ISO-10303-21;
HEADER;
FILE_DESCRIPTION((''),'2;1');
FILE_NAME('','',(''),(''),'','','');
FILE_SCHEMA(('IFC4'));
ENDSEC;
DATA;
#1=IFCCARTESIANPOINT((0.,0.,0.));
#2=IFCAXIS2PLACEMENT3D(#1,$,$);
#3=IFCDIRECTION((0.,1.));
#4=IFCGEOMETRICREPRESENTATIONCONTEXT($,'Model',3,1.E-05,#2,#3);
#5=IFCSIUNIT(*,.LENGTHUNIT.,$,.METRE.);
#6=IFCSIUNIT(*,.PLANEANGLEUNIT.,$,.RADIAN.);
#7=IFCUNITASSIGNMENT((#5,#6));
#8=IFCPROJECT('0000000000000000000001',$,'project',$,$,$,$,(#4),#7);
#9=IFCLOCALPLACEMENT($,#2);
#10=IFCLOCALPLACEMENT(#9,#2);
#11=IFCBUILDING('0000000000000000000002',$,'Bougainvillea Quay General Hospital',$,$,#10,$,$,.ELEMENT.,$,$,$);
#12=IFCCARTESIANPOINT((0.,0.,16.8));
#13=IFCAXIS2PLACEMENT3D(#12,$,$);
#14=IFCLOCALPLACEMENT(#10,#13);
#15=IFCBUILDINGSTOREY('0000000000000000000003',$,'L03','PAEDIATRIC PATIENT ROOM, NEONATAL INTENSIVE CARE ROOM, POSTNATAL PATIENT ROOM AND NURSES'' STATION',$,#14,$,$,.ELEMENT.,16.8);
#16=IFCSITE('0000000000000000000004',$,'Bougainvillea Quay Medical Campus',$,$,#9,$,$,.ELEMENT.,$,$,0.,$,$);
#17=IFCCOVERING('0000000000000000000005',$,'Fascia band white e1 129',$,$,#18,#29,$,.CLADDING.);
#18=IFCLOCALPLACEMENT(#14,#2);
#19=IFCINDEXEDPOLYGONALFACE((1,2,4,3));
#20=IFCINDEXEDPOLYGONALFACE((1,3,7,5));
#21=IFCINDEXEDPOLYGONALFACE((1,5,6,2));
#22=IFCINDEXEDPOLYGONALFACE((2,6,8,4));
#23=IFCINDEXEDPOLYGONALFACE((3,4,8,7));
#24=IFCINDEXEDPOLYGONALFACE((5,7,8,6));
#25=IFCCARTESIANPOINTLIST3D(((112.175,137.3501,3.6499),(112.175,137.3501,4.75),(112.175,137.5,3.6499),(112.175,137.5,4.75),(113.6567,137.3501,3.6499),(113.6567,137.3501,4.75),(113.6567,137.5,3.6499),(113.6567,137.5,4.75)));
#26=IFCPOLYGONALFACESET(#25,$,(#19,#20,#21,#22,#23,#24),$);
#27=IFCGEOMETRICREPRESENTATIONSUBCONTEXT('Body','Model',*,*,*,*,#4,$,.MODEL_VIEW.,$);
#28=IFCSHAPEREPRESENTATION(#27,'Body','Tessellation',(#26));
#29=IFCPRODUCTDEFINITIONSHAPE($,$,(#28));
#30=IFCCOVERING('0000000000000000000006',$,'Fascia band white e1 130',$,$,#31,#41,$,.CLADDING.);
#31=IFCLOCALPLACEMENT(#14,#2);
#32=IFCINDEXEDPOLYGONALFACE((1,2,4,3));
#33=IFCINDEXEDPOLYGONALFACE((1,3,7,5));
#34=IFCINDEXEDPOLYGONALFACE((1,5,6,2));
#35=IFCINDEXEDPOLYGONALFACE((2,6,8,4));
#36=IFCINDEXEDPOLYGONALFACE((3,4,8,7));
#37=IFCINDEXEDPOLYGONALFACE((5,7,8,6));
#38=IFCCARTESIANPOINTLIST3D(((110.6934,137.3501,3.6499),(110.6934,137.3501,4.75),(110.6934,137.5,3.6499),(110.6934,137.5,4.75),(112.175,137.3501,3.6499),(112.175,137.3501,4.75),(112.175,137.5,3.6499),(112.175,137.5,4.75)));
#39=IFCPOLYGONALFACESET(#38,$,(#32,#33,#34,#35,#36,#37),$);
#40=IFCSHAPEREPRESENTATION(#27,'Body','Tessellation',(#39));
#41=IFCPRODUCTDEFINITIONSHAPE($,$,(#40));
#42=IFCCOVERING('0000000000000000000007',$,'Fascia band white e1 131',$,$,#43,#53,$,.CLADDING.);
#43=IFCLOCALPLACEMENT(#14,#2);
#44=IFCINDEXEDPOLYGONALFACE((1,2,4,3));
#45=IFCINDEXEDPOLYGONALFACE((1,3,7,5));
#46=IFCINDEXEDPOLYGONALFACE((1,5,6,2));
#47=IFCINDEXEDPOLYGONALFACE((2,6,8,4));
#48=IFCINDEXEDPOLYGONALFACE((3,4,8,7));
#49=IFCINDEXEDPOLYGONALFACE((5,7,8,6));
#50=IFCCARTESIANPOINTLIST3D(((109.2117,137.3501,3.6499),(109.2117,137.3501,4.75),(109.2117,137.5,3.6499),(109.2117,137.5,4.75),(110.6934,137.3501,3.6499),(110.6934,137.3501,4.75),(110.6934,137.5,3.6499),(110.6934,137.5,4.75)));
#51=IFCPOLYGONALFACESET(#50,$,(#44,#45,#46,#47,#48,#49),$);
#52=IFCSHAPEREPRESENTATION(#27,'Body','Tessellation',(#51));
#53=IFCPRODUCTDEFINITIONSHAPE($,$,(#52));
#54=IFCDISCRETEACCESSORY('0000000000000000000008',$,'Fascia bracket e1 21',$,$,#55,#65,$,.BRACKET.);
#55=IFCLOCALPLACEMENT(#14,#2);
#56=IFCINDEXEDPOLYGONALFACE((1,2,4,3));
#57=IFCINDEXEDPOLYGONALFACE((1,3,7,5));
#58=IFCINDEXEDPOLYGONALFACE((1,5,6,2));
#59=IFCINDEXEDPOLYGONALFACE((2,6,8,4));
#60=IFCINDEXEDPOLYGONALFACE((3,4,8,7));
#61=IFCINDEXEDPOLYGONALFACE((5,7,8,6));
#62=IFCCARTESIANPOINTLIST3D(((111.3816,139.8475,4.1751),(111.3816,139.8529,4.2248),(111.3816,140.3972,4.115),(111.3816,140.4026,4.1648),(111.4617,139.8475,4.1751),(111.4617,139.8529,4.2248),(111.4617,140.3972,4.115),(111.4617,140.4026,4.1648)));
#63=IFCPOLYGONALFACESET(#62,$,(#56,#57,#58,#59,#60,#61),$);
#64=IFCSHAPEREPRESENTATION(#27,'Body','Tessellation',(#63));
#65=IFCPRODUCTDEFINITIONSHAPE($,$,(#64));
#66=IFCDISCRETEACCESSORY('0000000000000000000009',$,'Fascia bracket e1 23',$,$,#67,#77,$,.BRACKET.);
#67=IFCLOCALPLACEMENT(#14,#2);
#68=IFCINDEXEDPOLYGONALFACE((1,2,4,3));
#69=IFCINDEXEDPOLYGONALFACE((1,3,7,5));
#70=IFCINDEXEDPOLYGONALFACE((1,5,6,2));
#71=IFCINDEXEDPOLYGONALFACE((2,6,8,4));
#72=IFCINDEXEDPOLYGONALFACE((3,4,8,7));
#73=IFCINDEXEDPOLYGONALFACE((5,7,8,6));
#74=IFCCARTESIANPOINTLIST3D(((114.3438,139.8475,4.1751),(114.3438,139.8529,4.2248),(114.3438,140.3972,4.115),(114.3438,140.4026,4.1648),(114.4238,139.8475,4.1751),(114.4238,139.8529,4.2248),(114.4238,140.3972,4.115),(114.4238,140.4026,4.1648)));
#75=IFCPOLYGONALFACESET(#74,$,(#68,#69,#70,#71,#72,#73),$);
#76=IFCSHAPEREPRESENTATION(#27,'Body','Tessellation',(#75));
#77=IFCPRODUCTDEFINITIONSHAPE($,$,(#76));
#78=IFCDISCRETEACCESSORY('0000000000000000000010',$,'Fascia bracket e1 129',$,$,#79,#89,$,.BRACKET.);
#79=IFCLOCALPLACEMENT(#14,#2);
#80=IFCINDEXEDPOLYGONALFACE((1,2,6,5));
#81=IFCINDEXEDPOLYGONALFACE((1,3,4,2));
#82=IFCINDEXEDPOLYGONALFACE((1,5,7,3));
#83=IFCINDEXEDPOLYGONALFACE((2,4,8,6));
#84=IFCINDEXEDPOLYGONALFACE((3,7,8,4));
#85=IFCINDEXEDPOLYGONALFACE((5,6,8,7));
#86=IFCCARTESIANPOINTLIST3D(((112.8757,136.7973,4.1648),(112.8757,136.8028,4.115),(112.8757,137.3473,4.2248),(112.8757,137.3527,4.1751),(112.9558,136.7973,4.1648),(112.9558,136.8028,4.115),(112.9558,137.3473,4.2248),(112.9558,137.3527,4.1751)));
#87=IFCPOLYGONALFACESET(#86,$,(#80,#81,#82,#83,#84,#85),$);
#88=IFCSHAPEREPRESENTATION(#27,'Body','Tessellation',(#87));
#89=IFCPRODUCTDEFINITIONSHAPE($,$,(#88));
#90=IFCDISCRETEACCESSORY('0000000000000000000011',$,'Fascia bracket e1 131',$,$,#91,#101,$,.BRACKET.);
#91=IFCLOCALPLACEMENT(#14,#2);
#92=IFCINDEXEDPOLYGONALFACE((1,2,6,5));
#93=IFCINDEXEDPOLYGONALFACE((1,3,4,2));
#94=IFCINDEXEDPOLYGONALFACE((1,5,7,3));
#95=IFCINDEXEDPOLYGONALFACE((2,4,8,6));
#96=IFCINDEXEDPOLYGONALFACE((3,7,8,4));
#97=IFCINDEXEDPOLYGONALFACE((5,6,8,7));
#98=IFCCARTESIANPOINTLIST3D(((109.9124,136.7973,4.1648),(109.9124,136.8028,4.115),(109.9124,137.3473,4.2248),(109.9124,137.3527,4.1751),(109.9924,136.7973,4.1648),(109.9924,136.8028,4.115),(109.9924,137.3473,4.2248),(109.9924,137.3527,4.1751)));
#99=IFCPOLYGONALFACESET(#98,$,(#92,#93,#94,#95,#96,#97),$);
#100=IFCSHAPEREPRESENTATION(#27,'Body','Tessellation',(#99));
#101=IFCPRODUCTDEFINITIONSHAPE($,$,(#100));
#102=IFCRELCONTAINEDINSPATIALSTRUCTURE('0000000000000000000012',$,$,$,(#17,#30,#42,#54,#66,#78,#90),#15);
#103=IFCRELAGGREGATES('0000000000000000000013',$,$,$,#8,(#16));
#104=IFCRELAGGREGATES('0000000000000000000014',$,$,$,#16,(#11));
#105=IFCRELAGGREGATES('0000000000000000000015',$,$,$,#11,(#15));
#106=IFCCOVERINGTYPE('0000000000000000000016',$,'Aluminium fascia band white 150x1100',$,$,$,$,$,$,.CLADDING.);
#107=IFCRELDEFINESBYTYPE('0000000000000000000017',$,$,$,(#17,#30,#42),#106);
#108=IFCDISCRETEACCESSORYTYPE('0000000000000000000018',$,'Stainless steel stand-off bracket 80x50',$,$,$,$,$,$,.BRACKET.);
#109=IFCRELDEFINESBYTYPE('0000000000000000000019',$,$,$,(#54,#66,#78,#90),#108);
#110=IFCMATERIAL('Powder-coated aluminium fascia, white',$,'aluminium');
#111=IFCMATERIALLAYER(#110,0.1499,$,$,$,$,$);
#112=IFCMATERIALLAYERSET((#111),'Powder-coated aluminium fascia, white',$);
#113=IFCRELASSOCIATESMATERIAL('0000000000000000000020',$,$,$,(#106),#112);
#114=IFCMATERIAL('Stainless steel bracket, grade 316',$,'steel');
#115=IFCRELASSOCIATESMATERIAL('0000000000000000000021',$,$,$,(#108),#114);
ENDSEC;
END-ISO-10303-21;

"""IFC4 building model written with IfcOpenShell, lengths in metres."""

from ifc_helpers import new_model, si_unit, direction, frame, origin, origin_2d, place, context, subcontext, project, spatial, polyline, rectangle, outline, extrude, material, layer, layer_set, material_profile, profile_set, type_object, element, save


model = new_model("IFC4")

# Units and contexts
model_context = context("Model", 3, precision=1e-05, world=origin(), true_north=direction((0.0, 1.0)))
body_context = subcontext(model_context, "Body", "Model", "MODEL_VIEW")
ifc_project = project(units=[si_unit("LENGTHUNIT", "METRE"), si_unit("PLANEANGLEUNIT", "RADIAN")], contexts=[model_context])

# Site, building, storey
site_placement = place(None, origin())
site = spatial("IfcSite", under=ifc_project, at=site_placement, Name="Bougainvillea Quay Medical Campus", CompositionType="ELEMENT", RefElevation=0.0)
building_placement = place(site_placement, origin())
building = spatial("IfcBuilding", under=site, at=building_placement, Name="Bougainvillea Quay General Hospital", CompositionType="ELEMENT")
storey_placement = place(building_placement, frame((0.0, 0.0, 16.8)))
storey = spatial("IfcBuildingStorey", under=building, at=storey_placement, Name="L03", Description="PAEDIATRIC PATIENT ROOM, NEONATAL INTENSIVE CARE ROOM, POSTNATAL PATIENT ROOM AND NURSES' STATION", CompositionType="ELEMENT", Elevation=16.8)

# Coverings
ifc_material_1 = material(Name="Powder-coated aluminium fascia, white", Category="aluminium")
ifc_layer_1 = layer(ifc_material_1, 0.1499)
ifc_layer_set_1 = layer_set([ifc_layer_1], Name="Powder-coated aluminium fascia, white")
covering_type = type_object("IfcCoveringType", Name="Aluminium fascia band white 150x1100", PredefinedType="CLADDING", material=ifc_layer_set_1)
for number, where, z_axis, x_axis, name in (
    (1, (113.6567, 137.3501, 3.6499), (0.0, 0.0, 1.0), (-1.0, 0.0, 0.0), "Fascia band white e1 129"),
    (2, (112.175, 137.3501, 3.6499), (0.0, 0.0, 1.0), (-1.0, 0.0, 0.0), "Fascia band white e1 130"),
    (3, (110.6934, 137.3501, 3.6499), (0.0, 0.0, 1.0), (-1.0, 0.0, 0.0), "Fascia band white e1 131"),
):
    element("IfcCovering", number, at=place(storey_placement, frame(where, z_axis=z_axis, x_axis=x_axis)), inside=storey, type_object=covering_type, Name=name, PredefinedType="CLADDING", context=body_context, shape_type="SweptSolid", body=[
        extrude(outline(polyline([(0.0, 0.0), (1.4817, 0.0), (1.4817, -0.1499), (0.0, -0.1499), (0.0, 0.0)])), origin(), (0.0, 0.0, 1.0), 1.1001),
    ])

# Discrete accessories
ifc_material_2 = material(Name="Stainless steel bracket, grade 316", Category="steel")
ifc_material_profile_1 = material_profile(ifc_material_2, rectangle(XDim=0.0801, YDim=0.05, at=origin_2d()))
ifc_profile_set_1 = profile_set([ifc_material_profile_1], Name="Stainless steel bracket, grade 316")
discrete_accessory_type = type_object("IfcDiscreteAccessoryType", Name="Stainless steel stand-off bracket 80x50", PredefinedType="BRACKET", material=ifc_profile_set_1)
for number, where, z_axis, x_axis, name in (
    (4, (111.4216, 140.3999, 4.1399), (0.0, -0.994087, 0.10859), (1.0, 0.0, 0.0), "Fascia bracket e1 21"),
    (5, (114.3838, 140.3999, 4.1399), (0.0, -0.994087, 0.10859), (1.0, 0.0, 0.0), "Fascia bracket e1 23"),
):
    element("IfcDiscreteAccessory", number, at=place(storey_placement, frame(where, z_axis=z_axis, x_axis=x_axis)), inside=storey, type_object=discrete_accessory_type, Name=name, PredefinedType="BRACKET", context=body_context, shape_type="SweptSolid", body=[
        extrude(rectangle(XDim=0.0801, YDim=0.05, at=origin_2d()), origin(), (0.0, 0.0, 1.0), 0.553),
    ])
for number, where, z_axis, x_axis, name in (
    (6, (112.9158, 136.8, 4.1399), (0.0, 0.994092, 0.108543), (-1.0, 0.0, 0.0), "Fascia bracket e1 129"),
    (7, (109.9524, 136.8, 4.1399), (0.0, 0.994092, 0.108543), (-1.0, 0.0, 0.0), "Fascia bracket e1 131"),
):
    element("IfcDiscreteAccessory", number, at=place(storey_placement, frame(where, z_axis=z_axis, x_axis=x_axis)), inside=storey, type_object=discrete_accessory_type, Name=name, PredefinedType="BRACKET", context=body_context, shape_type="SweptSolid", body=[
        extrude(rectangle(XDim=0.0801, YDim=0.05, at=origin_2d()), origin(), (0.0, 0.0, 1.0), 0.5532),
    ])

save(model, "model.ifc")
